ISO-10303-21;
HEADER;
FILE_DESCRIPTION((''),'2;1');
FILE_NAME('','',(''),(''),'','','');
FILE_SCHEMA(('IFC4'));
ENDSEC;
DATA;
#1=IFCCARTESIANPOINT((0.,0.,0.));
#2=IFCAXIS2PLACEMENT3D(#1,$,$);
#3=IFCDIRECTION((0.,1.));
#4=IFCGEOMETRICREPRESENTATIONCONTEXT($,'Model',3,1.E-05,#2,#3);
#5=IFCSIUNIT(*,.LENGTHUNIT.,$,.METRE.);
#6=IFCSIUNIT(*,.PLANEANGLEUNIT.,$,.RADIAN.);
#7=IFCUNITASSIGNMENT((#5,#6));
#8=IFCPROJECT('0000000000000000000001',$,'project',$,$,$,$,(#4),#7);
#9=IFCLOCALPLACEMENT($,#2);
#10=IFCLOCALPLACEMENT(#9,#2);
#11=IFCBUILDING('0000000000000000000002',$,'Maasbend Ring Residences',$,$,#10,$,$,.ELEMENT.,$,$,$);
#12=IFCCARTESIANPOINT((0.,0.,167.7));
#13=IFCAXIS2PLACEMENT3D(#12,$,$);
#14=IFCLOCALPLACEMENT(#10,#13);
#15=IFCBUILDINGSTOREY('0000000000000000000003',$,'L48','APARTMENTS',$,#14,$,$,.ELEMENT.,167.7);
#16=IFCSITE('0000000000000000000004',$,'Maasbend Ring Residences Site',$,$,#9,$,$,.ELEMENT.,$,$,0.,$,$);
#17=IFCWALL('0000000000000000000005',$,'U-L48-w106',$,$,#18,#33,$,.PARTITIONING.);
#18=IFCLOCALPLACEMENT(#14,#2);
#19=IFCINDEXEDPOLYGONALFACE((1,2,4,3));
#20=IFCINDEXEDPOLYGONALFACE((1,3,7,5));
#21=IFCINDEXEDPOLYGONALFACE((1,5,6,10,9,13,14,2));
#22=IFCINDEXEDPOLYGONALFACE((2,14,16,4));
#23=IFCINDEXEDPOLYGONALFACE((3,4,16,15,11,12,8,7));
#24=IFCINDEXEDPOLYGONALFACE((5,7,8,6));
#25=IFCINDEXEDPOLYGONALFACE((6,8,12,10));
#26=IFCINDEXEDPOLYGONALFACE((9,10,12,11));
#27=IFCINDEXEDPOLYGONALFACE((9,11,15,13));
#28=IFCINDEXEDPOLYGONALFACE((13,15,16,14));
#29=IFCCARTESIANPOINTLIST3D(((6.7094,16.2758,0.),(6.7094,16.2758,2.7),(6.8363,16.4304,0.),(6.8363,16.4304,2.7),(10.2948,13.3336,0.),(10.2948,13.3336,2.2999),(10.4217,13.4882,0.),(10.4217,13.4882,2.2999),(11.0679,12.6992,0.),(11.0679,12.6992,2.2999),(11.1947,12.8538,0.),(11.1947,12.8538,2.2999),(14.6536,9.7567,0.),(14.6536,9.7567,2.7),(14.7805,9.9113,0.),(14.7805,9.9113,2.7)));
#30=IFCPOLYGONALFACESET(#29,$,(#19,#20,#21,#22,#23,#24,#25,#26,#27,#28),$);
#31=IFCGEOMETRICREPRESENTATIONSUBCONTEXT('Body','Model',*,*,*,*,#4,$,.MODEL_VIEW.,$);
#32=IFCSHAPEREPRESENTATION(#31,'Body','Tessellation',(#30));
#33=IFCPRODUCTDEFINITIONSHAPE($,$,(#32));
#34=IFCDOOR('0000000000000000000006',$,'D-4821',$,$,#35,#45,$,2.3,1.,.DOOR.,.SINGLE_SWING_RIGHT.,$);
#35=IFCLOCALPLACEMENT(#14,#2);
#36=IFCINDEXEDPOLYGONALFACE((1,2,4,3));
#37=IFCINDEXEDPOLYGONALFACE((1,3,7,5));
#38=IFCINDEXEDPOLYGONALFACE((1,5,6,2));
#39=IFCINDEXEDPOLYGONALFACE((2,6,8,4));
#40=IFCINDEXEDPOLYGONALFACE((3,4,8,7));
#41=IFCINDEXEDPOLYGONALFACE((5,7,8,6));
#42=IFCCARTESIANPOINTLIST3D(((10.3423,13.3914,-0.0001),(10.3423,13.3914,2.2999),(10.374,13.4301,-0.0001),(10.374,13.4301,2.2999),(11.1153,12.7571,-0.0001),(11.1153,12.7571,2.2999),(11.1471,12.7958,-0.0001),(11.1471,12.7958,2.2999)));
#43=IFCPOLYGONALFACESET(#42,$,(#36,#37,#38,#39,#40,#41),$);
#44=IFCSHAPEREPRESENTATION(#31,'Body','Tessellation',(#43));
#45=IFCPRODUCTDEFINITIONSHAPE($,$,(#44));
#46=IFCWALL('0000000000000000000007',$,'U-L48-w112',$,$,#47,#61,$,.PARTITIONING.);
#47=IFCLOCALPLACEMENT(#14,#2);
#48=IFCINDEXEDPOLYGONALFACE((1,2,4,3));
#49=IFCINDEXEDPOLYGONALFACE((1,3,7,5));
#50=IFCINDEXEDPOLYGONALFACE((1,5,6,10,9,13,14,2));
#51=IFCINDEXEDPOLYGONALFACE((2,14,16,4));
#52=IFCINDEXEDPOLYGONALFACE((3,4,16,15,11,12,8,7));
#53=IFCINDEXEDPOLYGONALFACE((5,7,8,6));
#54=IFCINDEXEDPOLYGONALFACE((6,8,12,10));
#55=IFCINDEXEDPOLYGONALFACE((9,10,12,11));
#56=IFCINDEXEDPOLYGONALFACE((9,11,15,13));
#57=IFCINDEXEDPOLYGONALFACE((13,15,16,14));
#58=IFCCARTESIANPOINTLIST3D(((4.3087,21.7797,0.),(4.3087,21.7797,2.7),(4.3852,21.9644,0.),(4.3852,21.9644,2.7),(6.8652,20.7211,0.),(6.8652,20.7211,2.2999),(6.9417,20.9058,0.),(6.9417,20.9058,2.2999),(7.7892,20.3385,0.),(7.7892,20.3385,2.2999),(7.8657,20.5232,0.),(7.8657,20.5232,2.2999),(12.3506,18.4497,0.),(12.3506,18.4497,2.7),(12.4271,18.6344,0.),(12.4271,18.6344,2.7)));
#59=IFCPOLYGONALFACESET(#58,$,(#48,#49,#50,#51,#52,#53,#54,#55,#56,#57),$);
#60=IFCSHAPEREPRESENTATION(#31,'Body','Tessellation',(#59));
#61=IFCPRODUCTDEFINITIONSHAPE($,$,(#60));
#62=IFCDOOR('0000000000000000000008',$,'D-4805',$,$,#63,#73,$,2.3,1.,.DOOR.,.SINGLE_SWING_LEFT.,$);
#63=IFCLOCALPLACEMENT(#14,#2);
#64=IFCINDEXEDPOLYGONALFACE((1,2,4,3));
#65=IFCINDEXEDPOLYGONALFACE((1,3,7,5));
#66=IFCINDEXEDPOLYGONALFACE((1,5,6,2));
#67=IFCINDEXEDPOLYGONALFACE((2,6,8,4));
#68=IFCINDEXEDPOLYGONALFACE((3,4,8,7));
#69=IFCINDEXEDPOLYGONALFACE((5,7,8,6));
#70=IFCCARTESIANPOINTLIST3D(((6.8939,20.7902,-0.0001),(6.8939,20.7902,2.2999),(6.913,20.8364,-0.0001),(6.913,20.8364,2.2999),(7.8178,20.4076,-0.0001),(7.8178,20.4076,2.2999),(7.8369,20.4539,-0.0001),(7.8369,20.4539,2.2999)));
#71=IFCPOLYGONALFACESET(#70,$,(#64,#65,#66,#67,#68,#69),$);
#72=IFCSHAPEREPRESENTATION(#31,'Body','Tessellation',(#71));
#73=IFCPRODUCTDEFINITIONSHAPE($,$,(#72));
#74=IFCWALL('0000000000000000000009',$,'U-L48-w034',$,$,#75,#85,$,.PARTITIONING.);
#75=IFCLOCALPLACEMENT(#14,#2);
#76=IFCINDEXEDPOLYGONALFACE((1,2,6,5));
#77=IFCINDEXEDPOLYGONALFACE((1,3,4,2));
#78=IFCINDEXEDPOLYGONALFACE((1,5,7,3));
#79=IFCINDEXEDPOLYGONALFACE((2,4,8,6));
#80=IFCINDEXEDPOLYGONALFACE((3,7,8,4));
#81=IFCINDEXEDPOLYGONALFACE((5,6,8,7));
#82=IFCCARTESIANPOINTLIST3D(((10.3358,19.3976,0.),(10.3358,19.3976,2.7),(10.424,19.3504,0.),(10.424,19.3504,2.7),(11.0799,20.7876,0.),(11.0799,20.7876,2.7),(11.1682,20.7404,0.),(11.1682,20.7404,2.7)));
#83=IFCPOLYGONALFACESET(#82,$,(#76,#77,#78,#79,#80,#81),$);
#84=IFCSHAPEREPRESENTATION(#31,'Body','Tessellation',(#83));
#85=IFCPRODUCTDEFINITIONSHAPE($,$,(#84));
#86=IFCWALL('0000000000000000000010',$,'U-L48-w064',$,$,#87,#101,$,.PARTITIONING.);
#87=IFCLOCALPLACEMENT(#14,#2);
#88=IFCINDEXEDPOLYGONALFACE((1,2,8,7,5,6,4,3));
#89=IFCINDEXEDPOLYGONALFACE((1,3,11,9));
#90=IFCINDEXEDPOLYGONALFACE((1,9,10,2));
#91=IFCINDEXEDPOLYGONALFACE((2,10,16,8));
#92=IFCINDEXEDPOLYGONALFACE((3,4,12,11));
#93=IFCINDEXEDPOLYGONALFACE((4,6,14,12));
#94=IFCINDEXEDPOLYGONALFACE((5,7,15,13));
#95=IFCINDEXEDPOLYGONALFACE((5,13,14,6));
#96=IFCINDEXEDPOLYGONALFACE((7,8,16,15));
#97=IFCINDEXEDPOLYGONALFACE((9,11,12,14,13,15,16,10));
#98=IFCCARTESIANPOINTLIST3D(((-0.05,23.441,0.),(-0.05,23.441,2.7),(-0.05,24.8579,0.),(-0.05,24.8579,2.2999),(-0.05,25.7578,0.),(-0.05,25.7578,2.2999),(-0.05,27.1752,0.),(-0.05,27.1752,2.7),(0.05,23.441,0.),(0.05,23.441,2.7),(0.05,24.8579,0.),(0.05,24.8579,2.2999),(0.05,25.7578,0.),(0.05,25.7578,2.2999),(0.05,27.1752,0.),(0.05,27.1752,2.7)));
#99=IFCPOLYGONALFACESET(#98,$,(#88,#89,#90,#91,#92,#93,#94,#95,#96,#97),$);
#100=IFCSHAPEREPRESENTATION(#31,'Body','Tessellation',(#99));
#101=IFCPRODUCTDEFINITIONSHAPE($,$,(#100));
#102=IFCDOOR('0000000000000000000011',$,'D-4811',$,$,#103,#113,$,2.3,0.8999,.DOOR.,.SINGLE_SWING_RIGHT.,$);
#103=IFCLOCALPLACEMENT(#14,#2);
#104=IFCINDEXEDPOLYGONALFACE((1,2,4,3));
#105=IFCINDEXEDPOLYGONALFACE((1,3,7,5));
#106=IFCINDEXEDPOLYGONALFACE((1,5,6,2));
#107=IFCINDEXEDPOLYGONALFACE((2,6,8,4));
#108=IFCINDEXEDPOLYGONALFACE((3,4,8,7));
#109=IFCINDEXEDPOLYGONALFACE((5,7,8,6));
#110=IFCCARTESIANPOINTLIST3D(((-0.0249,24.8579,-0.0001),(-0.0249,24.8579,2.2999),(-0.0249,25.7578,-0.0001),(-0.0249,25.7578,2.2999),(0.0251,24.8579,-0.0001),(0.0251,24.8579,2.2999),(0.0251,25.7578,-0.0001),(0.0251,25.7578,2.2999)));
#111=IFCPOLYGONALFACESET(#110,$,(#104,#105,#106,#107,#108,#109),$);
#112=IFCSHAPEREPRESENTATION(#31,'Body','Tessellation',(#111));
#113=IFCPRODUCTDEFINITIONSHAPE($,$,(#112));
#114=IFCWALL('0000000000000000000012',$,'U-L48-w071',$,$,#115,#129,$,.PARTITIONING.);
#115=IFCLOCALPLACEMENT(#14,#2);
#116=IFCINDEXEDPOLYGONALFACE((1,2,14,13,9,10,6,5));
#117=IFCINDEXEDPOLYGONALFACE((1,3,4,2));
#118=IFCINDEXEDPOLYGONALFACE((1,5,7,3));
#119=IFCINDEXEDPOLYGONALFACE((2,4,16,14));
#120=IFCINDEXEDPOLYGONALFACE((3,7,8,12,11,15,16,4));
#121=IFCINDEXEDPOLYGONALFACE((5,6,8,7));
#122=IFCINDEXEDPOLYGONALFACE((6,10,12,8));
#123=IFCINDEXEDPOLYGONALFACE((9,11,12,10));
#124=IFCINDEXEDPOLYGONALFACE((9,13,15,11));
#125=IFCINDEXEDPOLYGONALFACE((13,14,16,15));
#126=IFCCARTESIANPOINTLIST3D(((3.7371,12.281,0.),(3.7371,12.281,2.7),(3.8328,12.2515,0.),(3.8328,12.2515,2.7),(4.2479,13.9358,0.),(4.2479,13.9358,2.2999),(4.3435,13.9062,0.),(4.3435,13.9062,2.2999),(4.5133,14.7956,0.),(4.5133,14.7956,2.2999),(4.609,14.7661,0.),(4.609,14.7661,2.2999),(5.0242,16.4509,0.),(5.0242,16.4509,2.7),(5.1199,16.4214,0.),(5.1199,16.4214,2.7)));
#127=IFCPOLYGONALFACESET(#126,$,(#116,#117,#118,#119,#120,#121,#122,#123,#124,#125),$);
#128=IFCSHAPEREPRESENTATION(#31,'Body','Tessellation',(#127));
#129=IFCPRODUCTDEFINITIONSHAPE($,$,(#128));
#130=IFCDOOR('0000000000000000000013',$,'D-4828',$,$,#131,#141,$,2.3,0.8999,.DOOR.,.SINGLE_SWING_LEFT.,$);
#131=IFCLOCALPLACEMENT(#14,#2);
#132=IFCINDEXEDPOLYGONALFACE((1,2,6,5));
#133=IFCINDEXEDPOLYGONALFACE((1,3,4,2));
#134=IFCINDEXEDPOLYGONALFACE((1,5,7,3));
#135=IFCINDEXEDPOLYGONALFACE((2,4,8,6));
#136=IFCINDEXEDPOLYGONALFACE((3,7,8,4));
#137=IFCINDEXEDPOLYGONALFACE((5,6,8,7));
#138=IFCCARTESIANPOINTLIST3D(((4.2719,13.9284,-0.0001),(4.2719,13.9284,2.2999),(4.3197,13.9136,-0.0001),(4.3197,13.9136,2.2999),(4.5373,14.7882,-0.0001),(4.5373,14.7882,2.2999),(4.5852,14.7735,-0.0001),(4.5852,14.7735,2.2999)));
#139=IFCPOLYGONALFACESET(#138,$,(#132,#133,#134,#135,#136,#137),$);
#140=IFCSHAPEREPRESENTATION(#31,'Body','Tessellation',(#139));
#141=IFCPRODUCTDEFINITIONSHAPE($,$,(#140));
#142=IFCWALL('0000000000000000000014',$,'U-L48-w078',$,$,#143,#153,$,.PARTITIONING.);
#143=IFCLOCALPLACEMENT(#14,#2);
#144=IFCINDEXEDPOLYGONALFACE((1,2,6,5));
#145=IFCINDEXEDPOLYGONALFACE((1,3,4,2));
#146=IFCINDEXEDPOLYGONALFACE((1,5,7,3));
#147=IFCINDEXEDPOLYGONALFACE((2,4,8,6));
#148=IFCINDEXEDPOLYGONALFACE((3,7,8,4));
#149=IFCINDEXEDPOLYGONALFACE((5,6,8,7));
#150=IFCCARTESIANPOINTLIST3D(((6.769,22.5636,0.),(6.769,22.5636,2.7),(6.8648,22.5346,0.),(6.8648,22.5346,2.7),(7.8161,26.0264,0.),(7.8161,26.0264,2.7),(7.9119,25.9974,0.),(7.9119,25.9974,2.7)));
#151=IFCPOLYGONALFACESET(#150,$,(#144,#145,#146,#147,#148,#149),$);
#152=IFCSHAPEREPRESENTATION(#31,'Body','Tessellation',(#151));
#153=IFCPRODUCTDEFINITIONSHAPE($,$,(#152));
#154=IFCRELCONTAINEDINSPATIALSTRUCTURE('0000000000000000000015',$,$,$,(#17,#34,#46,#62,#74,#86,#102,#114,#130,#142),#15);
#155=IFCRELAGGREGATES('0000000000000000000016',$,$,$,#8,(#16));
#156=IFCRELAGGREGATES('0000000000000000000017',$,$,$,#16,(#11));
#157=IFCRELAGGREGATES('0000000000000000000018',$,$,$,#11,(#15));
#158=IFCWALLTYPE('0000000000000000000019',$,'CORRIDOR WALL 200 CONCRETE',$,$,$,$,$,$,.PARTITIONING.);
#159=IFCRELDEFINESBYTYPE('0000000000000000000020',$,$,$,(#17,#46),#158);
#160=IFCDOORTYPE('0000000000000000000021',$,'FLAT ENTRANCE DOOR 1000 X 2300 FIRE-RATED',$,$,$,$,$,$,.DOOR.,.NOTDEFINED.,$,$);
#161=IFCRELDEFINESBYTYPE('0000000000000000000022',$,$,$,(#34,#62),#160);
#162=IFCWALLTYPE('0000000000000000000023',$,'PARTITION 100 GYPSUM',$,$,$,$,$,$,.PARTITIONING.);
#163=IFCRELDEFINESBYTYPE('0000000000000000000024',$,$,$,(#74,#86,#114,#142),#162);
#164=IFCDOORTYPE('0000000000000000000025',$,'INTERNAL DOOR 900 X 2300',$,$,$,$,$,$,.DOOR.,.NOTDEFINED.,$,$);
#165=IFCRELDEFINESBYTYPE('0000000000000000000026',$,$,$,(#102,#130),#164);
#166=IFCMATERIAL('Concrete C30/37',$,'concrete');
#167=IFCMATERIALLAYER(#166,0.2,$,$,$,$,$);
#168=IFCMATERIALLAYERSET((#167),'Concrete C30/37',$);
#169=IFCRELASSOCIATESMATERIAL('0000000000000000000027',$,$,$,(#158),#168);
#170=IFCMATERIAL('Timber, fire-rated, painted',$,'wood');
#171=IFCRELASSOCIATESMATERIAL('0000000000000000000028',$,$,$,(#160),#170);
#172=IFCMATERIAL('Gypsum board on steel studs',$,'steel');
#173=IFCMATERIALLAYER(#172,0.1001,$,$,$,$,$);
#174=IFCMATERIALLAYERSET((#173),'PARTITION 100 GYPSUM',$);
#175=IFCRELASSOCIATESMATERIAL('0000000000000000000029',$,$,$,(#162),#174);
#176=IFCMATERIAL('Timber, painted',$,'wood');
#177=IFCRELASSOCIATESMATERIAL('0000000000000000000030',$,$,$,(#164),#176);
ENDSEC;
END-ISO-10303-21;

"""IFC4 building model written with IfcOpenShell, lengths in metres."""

from ifc_helpers import new_model, si_unit, direction, frame, frame_2d, origin, place, context, subcontext, project, spatial, rectangle, extrude, material, layer, layer_set, type_object, element, fill, save


model = new_model("IFC4")

# Units and contexts
model_context = context("Model", 3, precision=1e-05, world=origin(), true_north=direction((0.0, 1.0)))
body_context = subcontext(model_context, "Body", "Model", "MODEL_VIEW")
ifc_project = project(units=[si_unit("LENGTHUNIT", "METRE"), si_unit("PLANEANGLEUNIT", "RADIAN")], contexts=[model_context])

# Site, building, storey
site_placement = place(None, origin())
site = spatial("IfcSite", under=ifc_project, at=site_placement, Name="Maasbend Ring Residences Site", CompositionType="ELEMENT", RefElevation=0.0)
building_placement = place(site_placement, origin())
building = spatial("IfcBuilding", under=site, at=building_placement, Name="Maasbend Ring Residences", CompositionType="ELEMENT")
storey_placement = place(building_placement, frame((0.0, 0.0, 167.7)))
storey = spatial("IfcBuildingStorey", under=building, at=storey_placement, Name="L48", Description="APARTMENTS", CompositionType="ELEMENT", Elevation=167.7)

# Walls, openings, doors
ifc_material_1 = material(Name="Concrete C30/37", Category="concrete")
ifc_layer_1 = layer(ifc_material_1, 0.2)
ifc_layer_set_1 = layer_set([ifc_layer_1], Name="Concrete C30/37")
wall_type_1 = type_object("IfcWallType", Name="CORRIDOR WALL 200 CONCRETE", PredefinedType="PARTITIONING", material=ifc_layer_set_1)
wall_1_placement = place(storey_placement, frame((6.7729, 16.353, 0.0), z_axis=(0.0, 0.0, 1.0), x_axis=(0.773035, -0.634364, 0.0)))
wall_1 = element("IfcWall", 1, at=wall_1_placement, inside=storey, type_object=wall_type_1, Name="U-L48-w106", PredefinedType="PARTITIONING", context=body_context, shape_type="SweptSolid", body=[
    extrude(rectangle(XDim=10.2766, YDim=0.2, at=frame_2d((5.1382, 0.0))), origin(), (0.0, 0.0, 1.0), 2.7),
])
opening_1_placement = place(wall_1_placement, frame((4.6379, 0.0, 0.0)))
opening_1 = element("IfcOpeningElement", 2, at=opening_1_placement, cuts=wall_1, PredefinedType="OPENING", context=body_context, shape_type="SweptSolid", body=[
    extrude(rectangle(XDim=1.0, YDim=2.3, at=frame_2d((0.5, 1.1499))), frame((0.0, 0.1099, 0.0), z_axis=(0.0, -1.0, 0.0), x_axis=(1.0, 0.0, 0.0)), (0.0, 0.0, 1.0), 0.22),
])
ifc_material_2 = material(Name="Timber, fire-rated, painted", Category="wood")
door_type_1 = type_object("IfcDoorType", Name="FLAT ENTRANCE DOOR 1000 X 2300 FIRE-RATED", OperationType="NOTDEFINED", PredefinedType="DOOR", material=ifc_material_2)
door_1_placement = place(opening_1_placement, origin())
door_1 = element("IfcDoor", 3, at=door_1_placement, inside=storey, type_object=door_type_1, Name="D-4821", OperationType="SINGLE_SWING_RIGHT", OverallHeight=2.3, OverallWidth=1.0, PredefinedType="DOOR", context=body_context, shape_type="SweptSolid", body=[
    extrude(rectangle(XDim=1.0, YDim=2.3, at=frame_2d((0.5, 1.1499))), frame((0.0, 0.0249, 0.0), z_axis=(0.0, -1.0, 0.0), x_axis=(1.0, 0.0, 0.0)), (0.0, 0.0, 1.0), 0.05),
])
fill(opening_1, door_1)
wall_2_placement = place(storey_placement, frame((4.3469, 21.8721, 0.0), z_axis=(0.0, 0.0, 1.0), x_axis=(0.923921, -0.382583, 0.0)))
wall_2 = element("IfcWall", 4, at=wall_2_placement, inside=storey, type_object=wall_type_1, Name="U-L48-w112", PredefinedType="PARTITIONING", context=body_context, shape_type="SweptSolid", body=[
    extrude(rectangle(XDim=8.7041, YDim=0.2, at=frame_2d((4.3521, 0.0))), origin(), (0.0, 0.0, 1.0), 2.7),
])
opening_2_placement = place(wall_2_placement, frame((2.7671, 0.0, 0.0)))
opening_2 = element("IfcOpeningElement", 5, at=opening_2_placement, cuts=wall_2, PredefinedType="OPENING", context=body_context, shape_type="SweptSolid", body=[
    extrude(rectangle(XDim=1.0, YDim=2.3, at=frame_2d((0.5, 1.1499))), frame((0.0, 0.1099, 0.0), z_axis=(0.0, -1.0, 0.0), x_axis=(1.0, 0.0, 0.0)), (0.0, 0.0, 1.0), 0.22),
])
door_2_placement = place(opening_2_placement, origin())
door_2 = element("IfcDoor", 6, at=door_2_placement, inside=storey, type_object=door_type_1, Name="D-4805", OperationType="SINGLE_SWING_LEFT", OverallHeight=2.3, OverallWidth=1.0, PredefinedType="DOOR", context=body_context, shape_type="SweptSolid", body=[
    extrude(rectangle(XDim=1.0, YDim=2.3, at=frame_2d((0.5, 1.1499))), frame((0.0, 0.0249, 0.0), z_axis=(0.0, -1.0, 0.0), x_axis=(1.0, 0.0, 0.0)), (0.0, 0.0, 1.0), 0.05),
])
fill(opening_2, door_2)

# Wall
ifc_material_3 = material(Name="Gypsum board on steel studs", Category="steel")
ifc_layer_2 = layer(ifc_material_3, 0.1001)
ifc_layer_set_2 = layer_set([ifc_layer_2], Name="PARTITION 100 GYPSUM")
wall_type_2 = type_object("IfcWallType", Name="PARTITION 100 GYPSUM", PredefinedType="PARTITIONING", material=ifc_layer_set_2)
wall_3_placement = place(storey_placement, frame((10.3799, 19.374, 0.0), z_axis=(0.0, 0.0, 1.0), x_axis=(0.472002, 0.881597, 0.0)))
element("IfcWall", 7, at=wall_3_placement, inside=storey, type_object=wall_type_2, Name="U-L48-w034", PredefinedType="PARTITIONING", context=body_context, shape_type="SweptSolid", body=[
    extrude(rectangle(XDim=1.5767, YDim=0.1001, at=frame_2d((0.7883, 0.0))), origin(), (0.0, 0.0, 1.0), 2.7),
])

# Walls, openings, doors
wall_4_placement = place(storey_placement, frame((0.0, 23.4409, 0.0), z_axis=(0.0, 0.0, 1.0), x_axis=(0.0, 1.0, 0.0)))
wall_4 = element("IfcWall", 8, at=wall_4_placement, inside=storey, type_object=wall_type_2, Name="U-L48-w064", PredefinedType="PARTITIONING", context=body_context, shape_type="SweptSolid", body=[
    extrude(rectangle(XDim=3.7341, YDim=0.1001, at=frame_2d((1.8672, 0.0))), origin(), (0.0, 0.0, 1.0), 2.7),
])
opening_3_placement = place(wall_4_placement, frame((1.417, 0.0, 0.0)))
opening_3 = element("IfcOpeningElement", 9, at=opening_3_placement, cuts=wall_4, PredefinedType="OPENING", context=body_context, shape_type="SweptSolid", body=[
    extrude(rectangle(XDim=0.8999, YDim=2.3, at=frame_2d((0.45, 1.1499))), frame((0.0, 0.0601, 0.0), z_axis=(0.0, -1.0, 0.0), x_axis=(1.0, 0.0, 0.0)), (0.0, 0.0, 1.0), 0.1201),
])
ifc_material_4 = material(Name="Timber, painted", Category="wood")
door_type_2 = type_object("IfcDoorType", Name="INTERNAL DOOR 900 X 2300", OperationType="NOTDEFINED", PredefinedType="DOOR", material=ifc_material_4)
door_3_placement = place(opening_3_placement, origin())
door_3 = element("IfcDoor", 10, at=door_3_placement, inside=storey, type_object=door_type_2, Name="D-4811", OperationType="SINGLE_SWING_RIGHT", OverallHeight=2.3, OverallWidth=0.8999, PredefinedType="DOOR", context=body_context, shape_type="SweptSolid", body=[
    extrude(rectangle(XDim=0.8999, YDim=2.3, at=frame_2d((0.45, 1.1499))), frame((0.0, 0.0249, 0.0), z_axis=(0.0, -1.0, 0.0), x_axis=(1.0, 0.0, 0.0)), (0.0, 0.0, 1.0), 0.05),
])
fill(opening_3, door_3)
wall_5_placement = place(storey_placement, frame((3.7849, 12.2661, 0.0), z_axis=(0.0, 0.0, 1.0), x_axis=(0.294935, 0.955517, 0.0)))
wall_5 = element("IfcWall", 11, at=wall_5_placement, inside=storey, type_object=wall_type_2, Name="U-L48-w071", PredefinedType="PARTITIONING", context=body_context, shape_type="SweptSolid", body=[
    extrude(rectangle(XDim=4.364, YDim=0.1001, at=frame_2d((2.1821, 0.0))), origin(), (0.0, 0.0, 1.0), 2.7),
])
opening_4_placement = place(wall_5_placement, frame((1.7319, 0.0, 0.0)))
opening_4 = element("IfcOpeningElement", 12, at=opening_4_placement, cuts=wall_5, PredefinedType="OPENING", context=body_context, shape_type="SweptSolid", body=[
    extrude(rectangle(XDim=0.8999, YDim=2.3, at=frame_2d((0.45, 1.1499))), frame((0.0, 0.0601, 0.0), z_axis=(0.0, -1.0, 0.0), x_axis=(1.0, 0.0, 0.0)), (0.0, 0.0, 1.0), 0.1201),
])
door_4_placement = place(opening_4_placement, origin())
door_4 = element("IfcDoor", 13, at=door_4_placement, inside=storey, type_object=door_type_2, Name="D-4828", OperationType="SINGLE_SWING_LEFT", OverallHeight=2.3, OverallWidth=0.8999, PredefinedType="DOOR", context=body_context, shape_type="SweptSolid", body=[
    extrude(rectangle(XDim=0.8999, YDim=2.3, at=frame_2d((0.45, 1.1499))), frame((0.0, 0.0249, 0.0), z_axis=(0.0, -1.0, 0.0), x_axis=(1.0, 0.0, 0.0)), (0.0, 0.0, 1.0), 0.05),
])
fill(opening_4, door_4)

# Wall
wall_6_placement = place(storey_placement, frame((6.8169, 22.5491, 0.0), z_axis=(0.0, 0.0, 1.0), x_axis=(0.28944, 0.957196, 0.0)))
element("IfcWall", 14, at=wall_6_placement, inside=storey, type_object=wall_type_2, Name="U-L48-w078", PredefinedType="PARTITIONING", context=body_context, shape_type="SweptSolid", body=[
    extrude(rectangle(XDim=3.6177, YDim=0.1001, at=frame_2d((1.8088, 0.0))), origin(), (0.0, 0.0, 1.0), 2.7),
])

save(model, "model.ifc")
